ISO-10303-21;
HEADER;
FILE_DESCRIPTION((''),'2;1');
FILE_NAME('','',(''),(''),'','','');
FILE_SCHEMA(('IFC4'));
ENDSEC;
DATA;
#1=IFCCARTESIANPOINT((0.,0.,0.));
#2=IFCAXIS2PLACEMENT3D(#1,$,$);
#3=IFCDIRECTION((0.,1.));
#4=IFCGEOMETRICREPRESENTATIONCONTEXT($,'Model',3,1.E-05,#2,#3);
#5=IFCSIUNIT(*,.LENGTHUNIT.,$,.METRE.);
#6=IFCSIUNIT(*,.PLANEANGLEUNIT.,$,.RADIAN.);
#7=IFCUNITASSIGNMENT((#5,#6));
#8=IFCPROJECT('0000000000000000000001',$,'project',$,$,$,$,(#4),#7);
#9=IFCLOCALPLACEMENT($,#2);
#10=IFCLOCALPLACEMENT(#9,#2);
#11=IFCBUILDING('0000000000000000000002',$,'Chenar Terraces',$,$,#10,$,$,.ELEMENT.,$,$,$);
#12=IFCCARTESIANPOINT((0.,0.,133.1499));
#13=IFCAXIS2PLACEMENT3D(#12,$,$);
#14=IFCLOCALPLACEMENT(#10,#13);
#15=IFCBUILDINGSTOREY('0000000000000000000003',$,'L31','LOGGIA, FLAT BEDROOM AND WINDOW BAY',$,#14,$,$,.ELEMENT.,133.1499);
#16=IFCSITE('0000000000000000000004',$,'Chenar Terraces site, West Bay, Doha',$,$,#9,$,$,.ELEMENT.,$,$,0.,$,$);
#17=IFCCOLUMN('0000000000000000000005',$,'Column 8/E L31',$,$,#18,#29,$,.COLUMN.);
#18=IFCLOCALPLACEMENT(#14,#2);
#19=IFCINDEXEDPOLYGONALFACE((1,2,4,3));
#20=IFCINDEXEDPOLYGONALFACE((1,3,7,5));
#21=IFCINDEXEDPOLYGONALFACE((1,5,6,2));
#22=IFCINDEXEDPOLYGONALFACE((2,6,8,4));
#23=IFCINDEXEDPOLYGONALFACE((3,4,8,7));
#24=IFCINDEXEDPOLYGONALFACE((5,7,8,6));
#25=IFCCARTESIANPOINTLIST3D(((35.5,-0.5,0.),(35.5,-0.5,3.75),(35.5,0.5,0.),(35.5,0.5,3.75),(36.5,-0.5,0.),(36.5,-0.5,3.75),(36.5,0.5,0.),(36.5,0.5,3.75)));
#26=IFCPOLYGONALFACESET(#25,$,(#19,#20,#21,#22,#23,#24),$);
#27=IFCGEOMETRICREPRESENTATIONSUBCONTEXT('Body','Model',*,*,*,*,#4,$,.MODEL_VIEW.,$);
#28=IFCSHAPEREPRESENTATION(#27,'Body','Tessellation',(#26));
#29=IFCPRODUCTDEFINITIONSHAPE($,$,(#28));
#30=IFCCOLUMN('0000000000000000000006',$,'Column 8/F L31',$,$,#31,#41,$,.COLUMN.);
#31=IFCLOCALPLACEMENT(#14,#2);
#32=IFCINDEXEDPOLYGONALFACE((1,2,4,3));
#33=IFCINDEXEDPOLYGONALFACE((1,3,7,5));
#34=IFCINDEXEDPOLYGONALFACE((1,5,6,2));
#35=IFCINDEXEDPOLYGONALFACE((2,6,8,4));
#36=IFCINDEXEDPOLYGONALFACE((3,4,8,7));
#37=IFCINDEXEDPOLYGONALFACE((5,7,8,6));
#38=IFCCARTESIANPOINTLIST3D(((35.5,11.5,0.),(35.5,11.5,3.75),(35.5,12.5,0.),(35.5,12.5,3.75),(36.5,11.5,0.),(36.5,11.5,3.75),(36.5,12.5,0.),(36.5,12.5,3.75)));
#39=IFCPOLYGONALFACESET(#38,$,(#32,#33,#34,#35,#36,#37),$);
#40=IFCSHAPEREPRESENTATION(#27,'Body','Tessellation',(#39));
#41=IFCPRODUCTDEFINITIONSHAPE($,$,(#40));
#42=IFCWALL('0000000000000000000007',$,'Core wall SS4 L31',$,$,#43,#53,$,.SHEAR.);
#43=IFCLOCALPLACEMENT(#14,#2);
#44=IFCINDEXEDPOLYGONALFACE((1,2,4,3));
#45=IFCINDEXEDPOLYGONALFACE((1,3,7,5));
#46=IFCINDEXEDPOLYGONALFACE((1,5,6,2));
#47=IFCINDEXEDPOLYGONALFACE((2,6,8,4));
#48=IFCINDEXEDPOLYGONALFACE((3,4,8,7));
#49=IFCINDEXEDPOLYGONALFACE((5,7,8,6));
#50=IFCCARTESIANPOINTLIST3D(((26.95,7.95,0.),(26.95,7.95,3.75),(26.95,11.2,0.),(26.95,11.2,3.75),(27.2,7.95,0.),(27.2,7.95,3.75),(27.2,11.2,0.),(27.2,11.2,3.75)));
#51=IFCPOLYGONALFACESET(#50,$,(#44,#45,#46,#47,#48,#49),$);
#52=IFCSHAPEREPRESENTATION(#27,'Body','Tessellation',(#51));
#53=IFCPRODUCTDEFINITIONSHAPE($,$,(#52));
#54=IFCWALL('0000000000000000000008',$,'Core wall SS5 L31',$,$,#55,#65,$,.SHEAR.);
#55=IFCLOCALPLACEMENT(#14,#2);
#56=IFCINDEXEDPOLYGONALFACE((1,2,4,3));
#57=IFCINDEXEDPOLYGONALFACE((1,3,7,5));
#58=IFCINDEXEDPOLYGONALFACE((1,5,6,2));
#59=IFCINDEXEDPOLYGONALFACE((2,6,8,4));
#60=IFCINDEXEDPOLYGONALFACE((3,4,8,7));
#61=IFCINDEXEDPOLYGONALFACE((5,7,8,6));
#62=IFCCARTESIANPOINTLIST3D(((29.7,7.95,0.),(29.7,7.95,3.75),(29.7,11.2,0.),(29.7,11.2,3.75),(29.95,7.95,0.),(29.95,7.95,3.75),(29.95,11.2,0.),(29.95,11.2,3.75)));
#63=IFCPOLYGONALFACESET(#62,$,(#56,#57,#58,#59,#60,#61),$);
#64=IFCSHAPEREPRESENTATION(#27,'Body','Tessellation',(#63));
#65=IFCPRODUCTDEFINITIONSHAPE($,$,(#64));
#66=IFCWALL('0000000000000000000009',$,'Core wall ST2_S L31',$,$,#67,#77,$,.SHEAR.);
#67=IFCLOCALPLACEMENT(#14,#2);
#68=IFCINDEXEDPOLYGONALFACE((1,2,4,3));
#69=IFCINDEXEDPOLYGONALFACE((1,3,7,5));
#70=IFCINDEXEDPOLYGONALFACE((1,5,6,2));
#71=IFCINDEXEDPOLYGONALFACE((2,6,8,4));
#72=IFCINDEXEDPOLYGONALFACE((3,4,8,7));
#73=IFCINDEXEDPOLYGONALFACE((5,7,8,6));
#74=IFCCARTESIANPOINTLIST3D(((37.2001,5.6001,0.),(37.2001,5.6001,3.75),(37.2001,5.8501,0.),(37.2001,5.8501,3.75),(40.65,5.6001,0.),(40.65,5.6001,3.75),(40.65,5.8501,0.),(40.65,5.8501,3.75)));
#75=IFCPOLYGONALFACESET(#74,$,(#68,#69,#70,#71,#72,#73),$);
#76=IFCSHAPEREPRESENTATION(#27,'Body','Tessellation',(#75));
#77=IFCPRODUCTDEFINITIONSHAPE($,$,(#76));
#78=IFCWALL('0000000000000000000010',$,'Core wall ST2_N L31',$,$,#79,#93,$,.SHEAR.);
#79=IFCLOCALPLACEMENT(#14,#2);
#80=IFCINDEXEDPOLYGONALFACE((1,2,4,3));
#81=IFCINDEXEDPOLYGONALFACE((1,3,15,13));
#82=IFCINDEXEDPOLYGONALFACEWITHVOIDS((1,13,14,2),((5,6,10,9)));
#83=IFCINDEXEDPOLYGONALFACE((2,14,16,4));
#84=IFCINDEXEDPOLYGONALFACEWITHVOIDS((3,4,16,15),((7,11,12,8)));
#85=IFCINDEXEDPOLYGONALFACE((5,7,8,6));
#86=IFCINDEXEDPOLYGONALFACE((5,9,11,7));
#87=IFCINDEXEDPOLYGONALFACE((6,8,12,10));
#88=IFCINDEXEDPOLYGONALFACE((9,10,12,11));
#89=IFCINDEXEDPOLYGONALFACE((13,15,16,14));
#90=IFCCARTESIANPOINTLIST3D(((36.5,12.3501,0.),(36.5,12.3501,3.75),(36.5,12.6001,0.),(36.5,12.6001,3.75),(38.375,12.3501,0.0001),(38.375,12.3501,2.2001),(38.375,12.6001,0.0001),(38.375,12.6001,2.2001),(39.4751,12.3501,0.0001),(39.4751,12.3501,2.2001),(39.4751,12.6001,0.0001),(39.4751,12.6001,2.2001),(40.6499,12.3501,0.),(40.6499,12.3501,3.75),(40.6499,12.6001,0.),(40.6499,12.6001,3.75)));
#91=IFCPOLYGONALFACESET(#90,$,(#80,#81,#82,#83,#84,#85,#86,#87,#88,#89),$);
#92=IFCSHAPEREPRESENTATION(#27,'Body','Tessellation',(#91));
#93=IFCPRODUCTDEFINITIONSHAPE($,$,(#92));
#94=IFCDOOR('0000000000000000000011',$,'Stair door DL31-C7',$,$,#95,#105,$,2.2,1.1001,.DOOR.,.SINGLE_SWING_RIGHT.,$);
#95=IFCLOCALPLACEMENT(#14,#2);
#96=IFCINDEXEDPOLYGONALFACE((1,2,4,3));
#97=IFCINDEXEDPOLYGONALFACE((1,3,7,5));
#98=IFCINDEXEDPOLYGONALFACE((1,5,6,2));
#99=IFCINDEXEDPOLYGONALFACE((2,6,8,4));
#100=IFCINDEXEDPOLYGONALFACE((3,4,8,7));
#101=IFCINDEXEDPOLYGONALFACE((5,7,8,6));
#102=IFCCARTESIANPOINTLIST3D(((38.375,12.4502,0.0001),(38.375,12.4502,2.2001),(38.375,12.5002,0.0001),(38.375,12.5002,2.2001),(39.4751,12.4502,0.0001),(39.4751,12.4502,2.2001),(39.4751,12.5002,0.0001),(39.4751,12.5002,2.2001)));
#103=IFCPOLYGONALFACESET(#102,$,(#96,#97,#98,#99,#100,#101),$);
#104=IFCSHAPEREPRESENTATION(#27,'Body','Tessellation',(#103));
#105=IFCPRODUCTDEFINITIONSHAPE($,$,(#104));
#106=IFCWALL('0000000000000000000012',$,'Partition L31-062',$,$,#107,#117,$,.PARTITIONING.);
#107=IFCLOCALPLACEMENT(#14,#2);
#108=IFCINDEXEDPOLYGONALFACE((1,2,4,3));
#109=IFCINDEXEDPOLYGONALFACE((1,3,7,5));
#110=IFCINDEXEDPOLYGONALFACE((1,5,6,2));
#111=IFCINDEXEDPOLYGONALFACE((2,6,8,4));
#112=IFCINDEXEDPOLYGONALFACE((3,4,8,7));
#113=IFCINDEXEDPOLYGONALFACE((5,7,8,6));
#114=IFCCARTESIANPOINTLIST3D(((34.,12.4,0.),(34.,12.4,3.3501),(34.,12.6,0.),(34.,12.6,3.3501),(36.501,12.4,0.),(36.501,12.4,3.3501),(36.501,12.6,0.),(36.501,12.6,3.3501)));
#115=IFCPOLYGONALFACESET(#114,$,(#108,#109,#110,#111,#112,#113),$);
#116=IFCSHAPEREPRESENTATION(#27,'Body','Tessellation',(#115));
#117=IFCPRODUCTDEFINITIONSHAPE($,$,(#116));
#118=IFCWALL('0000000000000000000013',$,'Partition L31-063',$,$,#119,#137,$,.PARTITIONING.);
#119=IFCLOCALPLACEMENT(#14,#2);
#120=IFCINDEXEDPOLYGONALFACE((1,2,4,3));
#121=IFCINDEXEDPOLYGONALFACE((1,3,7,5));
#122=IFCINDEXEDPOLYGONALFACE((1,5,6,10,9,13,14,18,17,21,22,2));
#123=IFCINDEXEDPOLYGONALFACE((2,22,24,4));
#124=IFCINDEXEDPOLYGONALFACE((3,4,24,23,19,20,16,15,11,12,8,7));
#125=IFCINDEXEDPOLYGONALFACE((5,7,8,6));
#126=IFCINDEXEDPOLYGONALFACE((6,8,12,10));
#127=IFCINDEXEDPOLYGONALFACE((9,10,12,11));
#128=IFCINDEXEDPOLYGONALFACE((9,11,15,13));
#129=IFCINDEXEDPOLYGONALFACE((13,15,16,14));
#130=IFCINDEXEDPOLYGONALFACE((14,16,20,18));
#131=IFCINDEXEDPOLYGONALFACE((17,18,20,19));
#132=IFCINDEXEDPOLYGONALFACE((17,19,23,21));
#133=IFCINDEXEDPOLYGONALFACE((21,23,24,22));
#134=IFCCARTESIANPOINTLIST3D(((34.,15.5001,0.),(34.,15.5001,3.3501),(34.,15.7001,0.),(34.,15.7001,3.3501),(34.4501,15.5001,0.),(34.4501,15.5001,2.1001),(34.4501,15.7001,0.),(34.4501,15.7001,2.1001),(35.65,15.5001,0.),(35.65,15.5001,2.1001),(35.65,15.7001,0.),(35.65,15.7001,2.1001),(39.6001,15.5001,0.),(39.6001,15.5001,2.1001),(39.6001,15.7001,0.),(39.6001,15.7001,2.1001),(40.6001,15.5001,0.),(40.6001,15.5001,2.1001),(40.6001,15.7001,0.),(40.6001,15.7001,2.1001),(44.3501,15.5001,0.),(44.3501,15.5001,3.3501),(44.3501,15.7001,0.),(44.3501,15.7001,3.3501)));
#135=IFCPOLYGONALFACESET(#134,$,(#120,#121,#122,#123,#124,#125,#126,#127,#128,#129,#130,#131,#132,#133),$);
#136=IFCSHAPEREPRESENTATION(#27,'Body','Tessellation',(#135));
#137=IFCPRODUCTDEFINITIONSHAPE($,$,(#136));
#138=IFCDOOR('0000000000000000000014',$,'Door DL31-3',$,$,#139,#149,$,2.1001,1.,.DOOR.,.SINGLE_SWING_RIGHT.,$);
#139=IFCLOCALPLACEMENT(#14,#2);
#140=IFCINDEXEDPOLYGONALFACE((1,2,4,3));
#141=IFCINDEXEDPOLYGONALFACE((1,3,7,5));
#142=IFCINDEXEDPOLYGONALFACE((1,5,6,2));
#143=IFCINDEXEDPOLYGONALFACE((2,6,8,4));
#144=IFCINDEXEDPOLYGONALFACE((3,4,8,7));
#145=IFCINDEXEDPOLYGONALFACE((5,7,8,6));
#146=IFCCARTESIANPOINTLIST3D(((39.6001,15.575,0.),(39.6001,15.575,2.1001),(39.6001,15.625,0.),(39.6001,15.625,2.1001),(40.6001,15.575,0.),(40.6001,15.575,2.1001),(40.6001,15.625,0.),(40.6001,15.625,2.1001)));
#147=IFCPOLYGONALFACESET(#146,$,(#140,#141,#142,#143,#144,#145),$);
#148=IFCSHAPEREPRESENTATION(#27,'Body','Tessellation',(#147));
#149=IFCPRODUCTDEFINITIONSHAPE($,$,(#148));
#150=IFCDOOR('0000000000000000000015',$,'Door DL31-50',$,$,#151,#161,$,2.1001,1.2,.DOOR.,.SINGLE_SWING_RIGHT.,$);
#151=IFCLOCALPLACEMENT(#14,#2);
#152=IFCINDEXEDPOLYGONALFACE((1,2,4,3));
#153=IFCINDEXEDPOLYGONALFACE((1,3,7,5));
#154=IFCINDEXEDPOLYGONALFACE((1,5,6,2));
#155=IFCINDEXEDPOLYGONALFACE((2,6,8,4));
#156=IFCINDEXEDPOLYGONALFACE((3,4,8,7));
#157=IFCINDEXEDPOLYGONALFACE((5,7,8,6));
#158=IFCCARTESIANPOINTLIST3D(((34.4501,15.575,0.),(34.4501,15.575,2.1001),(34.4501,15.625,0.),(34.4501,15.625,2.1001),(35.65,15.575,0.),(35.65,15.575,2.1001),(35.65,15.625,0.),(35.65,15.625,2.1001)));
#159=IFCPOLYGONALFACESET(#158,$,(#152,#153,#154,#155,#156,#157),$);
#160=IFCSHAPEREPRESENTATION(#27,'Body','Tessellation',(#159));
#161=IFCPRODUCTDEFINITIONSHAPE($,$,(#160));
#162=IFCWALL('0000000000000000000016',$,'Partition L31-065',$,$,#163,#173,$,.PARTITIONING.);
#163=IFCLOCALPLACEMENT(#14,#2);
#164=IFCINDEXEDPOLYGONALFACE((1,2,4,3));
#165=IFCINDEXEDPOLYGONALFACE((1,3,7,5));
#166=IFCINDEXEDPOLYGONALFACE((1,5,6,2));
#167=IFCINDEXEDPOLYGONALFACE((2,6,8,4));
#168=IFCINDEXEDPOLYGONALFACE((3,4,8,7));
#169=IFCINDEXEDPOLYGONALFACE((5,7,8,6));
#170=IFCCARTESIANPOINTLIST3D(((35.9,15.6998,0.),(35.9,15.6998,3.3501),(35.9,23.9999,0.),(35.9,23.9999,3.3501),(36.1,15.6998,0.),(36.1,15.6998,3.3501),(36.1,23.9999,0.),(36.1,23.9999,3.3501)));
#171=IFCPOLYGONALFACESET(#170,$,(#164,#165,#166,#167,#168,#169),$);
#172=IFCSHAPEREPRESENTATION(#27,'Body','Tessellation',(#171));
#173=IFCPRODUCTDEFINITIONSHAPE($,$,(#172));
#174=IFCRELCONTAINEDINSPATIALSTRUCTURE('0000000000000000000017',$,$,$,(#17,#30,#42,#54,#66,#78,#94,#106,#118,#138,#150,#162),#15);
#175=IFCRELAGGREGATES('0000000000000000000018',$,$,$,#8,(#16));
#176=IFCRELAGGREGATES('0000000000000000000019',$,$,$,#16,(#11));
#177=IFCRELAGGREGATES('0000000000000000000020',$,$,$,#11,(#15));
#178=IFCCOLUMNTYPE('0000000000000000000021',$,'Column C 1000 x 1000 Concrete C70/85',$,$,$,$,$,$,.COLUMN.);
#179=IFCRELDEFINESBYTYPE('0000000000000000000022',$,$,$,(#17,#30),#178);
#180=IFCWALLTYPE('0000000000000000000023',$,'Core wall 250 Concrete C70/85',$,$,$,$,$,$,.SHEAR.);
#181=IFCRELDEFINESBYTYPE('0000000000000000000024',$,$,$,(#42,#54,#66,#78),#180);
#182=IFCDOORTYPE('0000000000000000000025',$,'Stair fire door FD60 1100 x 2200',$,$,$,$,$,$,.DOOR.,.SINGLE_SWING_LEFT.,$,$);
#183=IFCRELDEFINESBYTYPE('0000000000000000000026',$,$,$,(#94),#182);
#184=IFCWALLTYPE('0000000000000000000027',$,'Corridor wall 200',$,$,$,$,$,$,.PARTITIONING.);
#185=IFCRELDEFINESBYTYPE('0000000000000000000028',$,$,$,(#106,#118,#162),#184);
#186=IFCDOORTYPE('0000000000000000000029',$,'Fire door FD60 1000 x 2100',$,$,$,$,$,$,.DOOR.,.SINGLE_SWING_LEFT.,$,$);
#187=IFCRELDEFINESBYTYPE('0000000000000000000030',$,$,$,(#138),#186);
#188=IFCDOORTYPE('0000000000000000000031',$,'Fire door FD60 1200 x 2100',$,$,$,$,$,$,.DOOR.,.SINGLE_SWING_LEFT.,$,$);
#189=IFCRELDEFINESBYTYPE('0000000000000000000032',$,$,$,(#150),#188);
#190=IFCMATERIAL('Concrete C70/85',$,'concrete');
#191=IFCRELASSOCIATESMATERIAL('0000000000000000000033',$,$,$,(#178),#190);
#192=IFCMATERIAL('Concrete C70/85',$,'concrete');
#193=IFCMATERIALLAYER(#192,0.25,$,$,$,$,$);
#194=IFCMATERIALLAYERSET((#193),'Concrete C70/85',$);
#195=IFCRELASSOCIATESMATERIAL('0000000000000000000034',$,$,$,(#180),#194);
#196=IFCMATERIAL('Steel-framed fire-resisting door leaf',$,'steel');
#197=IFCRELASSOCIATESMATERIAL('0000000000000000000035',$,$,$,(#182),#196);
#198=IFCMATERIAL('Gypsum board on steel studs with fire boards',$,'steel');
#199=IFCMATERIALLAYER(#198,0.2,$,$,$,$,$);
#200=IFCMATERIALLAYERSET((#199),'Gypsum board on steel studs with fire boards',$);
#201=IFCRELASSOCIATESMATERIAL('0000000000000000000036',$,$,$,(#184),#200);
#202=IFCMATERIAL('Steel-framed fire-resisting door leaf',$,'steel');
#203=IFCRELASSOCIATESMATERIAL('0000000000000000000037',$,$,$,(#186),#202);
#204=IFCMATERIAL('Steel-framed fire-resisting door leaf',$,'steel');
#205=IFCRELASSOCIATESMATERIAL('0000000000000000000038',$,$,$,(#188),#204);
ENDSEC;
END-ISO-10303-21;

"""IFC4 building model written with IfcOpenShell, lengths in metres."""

from ifc_helpers import new_model, si_unit, direction, frame, frame_2d, origin, origin_2d, place, context, subcontext, project, spatial, rectangle, extrude, material, layer, layer_set, material_profile, profile_set, type_object, element, fill, save


model = new_model("IFC4")

# Units and contexts
model_context = context("Model", 3, precision=1e-05, world=origin(), true_north=direction((0.0, 1.0)))
body_context = subcontext(model_context, "Body", "Model", "MODEL_VIEW")
ifc_project = project(units=[si_unit("LENGTHUNIT", "METRE"), si_unit("PLANEANGLEUNIT", "RADIAN")], contexts=[model_context])

# Site, building, storey
site_placement = place(None, origin())
site = spatial("IfcSite", under=ifc_project, at=site_placement, Name="Chenar Terraces site, West Bay, Doha", CompositionType="ELEMENT", RefElevation=0.0)
building_placement = place(site_placement, origin())
building = spatial("IfcBuilding", under=site, at=building_placement, Name="Chenar Terraces", CompositionType="ELEMENT")
storey_placement = place(building_placement, frame((0.0, 0.0, 133.1499)))
storey = spatial("IfcBuildingStorey", under=building, at=storey_placement, Name="L31", Description="LOGGIA, FLAT BEDROOM AND WINDOW BAY", CompositionType="ELEMENT", Elevation=133.1499)

# Columns
ifc_material_1 = material(Name="Concrete C70/85", Category="concrete")
ifc_material_profile = material_profile(ifc_material_1, rectangle(XDim=1.0, YDim=1.0, at=origin_2d()), Name="C 1000 x 1000")
ifc_profile_set = profile_set([ifc_material_profile], Name="Concrete C70/85")
column_type = type_object("IfcColumnType", Name="Column C 1000 x 1000 Concrete C70/85", PredefinedType="COLUMN", material=ifc_profile_set)
for number, where, z_axis, x_axis, name in (
    (1, (36.0, 0.0, 0.0), (0.0, 0.0, 1.0), (1.0, 0.0, 0.0), "Column 8/E L31"),
    (2, (36.0, 12.0, 0.0), (0.0, 0.0, 1.0), (1.0, 0.0, 0.0), "Column 8/F L31"),
):
    element("IfcColumn", number, at=place(storey_placement, frame(where, z_axis=z_axis, x_axis=x_axis)), inside=storey, type_object=column_type, Name=name, PredefinedType="COLUMN", context=body_context, shape_type="SweptSolid", body=[
        extrude(rectangle(XDim=1.0, YDim=1.0, at=origin_2d()), origin(), (0.0, 0.0, 1.0), 3.75),
    ])

# Walls
ifc_material_2 = material(Name="Concrete C70/85", Category="concrete")
ifc_layer_1 = layer(ifc_material_2, 0.25)
ifc_layer_set_1 = layer_set([ifc_layer_1], Name="Concrete C70/85")
wall_type_1 = type_object("IfcWallType", Name="Core wall 250 Concrete C70/85", PredefinedType="SHEAR", material=ifc_layer_set_1)
for number, where, z_axis, x_axis, name in (
    (3, (27.075, 7.95, 0.0), (0.0, 0.0, 1.0), (0.0, 1.0, 0.0), "Core wall SS4 L31"),
    (4, (29.825, 7.95, 0.0), (0.0, 0.0, 1.0), (0.0, 1.0, 0.0), "Core wall SS5 L31"),
):
    element("IfcWall", number, at=place(storey_placement, frame(where, z_axis=z_axis, x_axis=x_axis)), inside=storey, type_object=wall_type_1, Name=name, PredefinedType="SHEAR", context=body_context, shape_type="SweptSolid", body=[
        extrude(rectangle(XDim=3.25, YDim=0.25, at=frame_2d((1.625, 0.0))), origin(), (0.0, 0.0, 1.0), 3.75),
    ])
wall_1_placement = place(storey_placement, frame((37.2, 5.7251, 0.0), z_axis=(0.0, 0.0, 1.0), x_axis=(1.0, 0.0, 0.0)))
element("IfcWall", 5, at=wall_1_placement, inside=storey, type_object=wall_type_1, Name="Core wall ST2_S L31", PredefinedType="SHEAR", context=body_context, shape_type="SweptSolid", body=[
    extrude(rectangle(XDim=3.45, YDim=0.25, at=frame_2d((1.7251, 0.0))), origin(), (0.0, 0.0, 1.0), 3.75),
])

# Wall, opening, door
wall_2_placement = place(storey_placement, frame((36.5, 12.4751, 0.0), z_axis=(0.0, 0.0, 1.0), x_axis=(1.0, 0.0, 0.0)))
wall_2 = element("IfcWall", 6, at=wall_2_placement, inside=storey, type_object=wall_type_1, Name="Core wall ST2_N L31", PredefinedType="SHEAR", context=body_context, shape_type="SweptSolid", body=[
    extrude(rectangle(XDim=4.1499, YDim=0.25, at=frame_2d((2.075, 0.0))), origin(), (0.0, 0.0, 1.0), 3.75),
])
opening_1_placement = place(wall_2_placement, frame((1.875, 0.0, 0.0)))
opening_1 = element("IfcOpeningElement", 7, at=opening_1_placement, cuts=wall_2, PredefinedType="OPENING", context=body_context, shape_type="SweptSolid", body=[
    extrude(rectangle(XDim=1.1001, YDim=2.2, at=frame_2d((0.55, 1.1001))), frame((0.0, 0.135, 0.0), z_axis=(0.0, -1.0, 0.0), x_axis=(1.0, 0.0, 0.0)), (0.0, 0.0, 1.0), 0.27),
])
ifc_material_3 = material(Name="Steel-framed fire-resisting door leaf", Category="steel")
door_type_1 = type_object("IfcDoorType", Name="Stair fire door FD60 1100 x 2200", OperationType="SINGLE_SWING_LEFT", PredefinedType="DOOR", material=ifc_material_3)
door_1_placement = place(opening_1_placement, frame((1.1001, 0.0, 0.0), z_axis=(0.0, 0.0, 1.0), x_axis=(-1.0, 0.0, 0.0)))
door_1 = element("IfcDoor", 8, at=door_1_placement, inside=storey, type_object=door_type_1, Name="Stair door DL31-C7", OperationType="SINGLE_SWING_RIGHT", OverallHeight=2.2, OverallWidth=1.1001, PredefinedType="DOOR", context=body_context, shape_type="SweptSolid", body=[
    extrude(rectangle(XDim=1.1001, YDim=2.2, at=frame_2d((0.55, 1.1001))), frame((0.0, 0.0249, 0.0), z_axis=(0.0, -1.0, 0.0), x_axis=(1.0, 0.0, 0.0)), (0.0, 0.0, 1.0), 0.05),
])
fill(opening_1, door_1)

# Wall
ifc_material_4 = material(Name="Gypsum board on steel studs with fire boards", Category="steel")
ifc_layer_2 = layer(ifc_material_4, 0.2)
ifc_layer_set_2 = layer_set([ifc_layer_2], Name="Gypsum board on steel studs with fire boards")
wall_type_2 = type_object("IfcWallType", Name="Corridor wall 200", PredefinedType="PARTITIONING", material=ifc_layer_set_2)
wall_3_placement = place(storey_placement, frame((34.0, 12.5, 0.0), z_axis=(0.0, 0.0, 1.0), x_axis=(1.0, 0.0, 0.0)))
element("IfcWall", 9, at=wall_3_placement, inside=storey, type_object=wall_type_2, Name="Partition L31-062", PredefinedType="PARTITIONING", context=body_context, shape_type="SweptSolid", body=[
    extrude(rectangle(XDim=2.501, YDim=0.2, at=frame_2d((1.2505, 0.0))), origin(), (0.0, 0.0, 1.0), 3.3501),
])

# Wall, openings, doors
wall_4_placement = place(storey_placement, frame((34.0, 15.6001, 0.0), z_axis=(0.0, 0.0, 1.0), x_axis=(1.0, 0.0, 0.0)))
wall_4 = element("IfcWall", 10, at=wall_4_placement, inside=storey, type_object=wall_type_2, Name="Partition L31-063", PredefinedType="PARTITIONING", context=body_context, shape_type="SweptSolid", body=[
    extrude(rectangle(XDim=10.3501, YDim=0.2, at=frame_2d((5.175, 0.0))), origin(), (0.0, 0.0, 1.0), 3.3501),
])
opening_2_placement = place(wall_4_placement, frame((5.6001, 0.0, 0.0)))
opening_2 = element("IfcOpeningElement", 11, at=opening_2_placement, cuts=wall_4, PredefinedType="OPENING", context=body_context, shape_type="SweptSolid", body=[
    extrude(rectangle(XDim=1.0, YDim=2.1001, at=frame_2d((0.5, 1.05))), frame((0.0, 0.1099, 0.0), z_axis=(0.0, -1.0, 0.0), x_axis=(1.0, 0.0, 0.0)), (0.0, 0.0, 1.0), 0.22),
])
opening_3_placement = place(wall_4_placement, frame((0.45, 0.0, 0.0)))
opening_3 = element("IfcOpeningElement", 12, at=opening_3_placement, cuts=wall_4, PredefinedType="OPENING", context=body_context, shape_type="SweptSolid", body=[
    extrude(rectangle(XDim=1.2, YDim=2.1001, at=frame_2d((0.6001, 1.05))), frame((0.0, 0.1099, 0.0), z_axis=(0.0, -1.0, 0.0), x_axis=(1.0, 0.0, 0.0)), (0.0, 0.0, 1.0), 0.22),
])
ifc_material_5 = material(Name="Steel-framed fire-resisting door leaf", Category="steel")
door_type_2 = type_object("IfcDoorType", Name="Fire door FD60 1000 x 2100", OperationType="SINGLE_SWING_LEFT", PredefinedType="DOOR", material=ifc_material_5)
door_2_placement = place(opening_2_placement, origin())
door_2 = element("IfcDoor", 13, at=door_2_placement, inside=storey, type_object=door_type_2, Name="Door DL31-3", OperationType="SINGLE_SWING_RIGHT", OverallHeight=2.1001, OverallWidth=1.0, PredefinedType="DOOR", context=body_context, shape_type="SweptSolid", body=[
    extrude(rectangle(XDim=1.0, YDim=2.1001, at=frame_2d((0.5, 1.05))), frame((0.0, 0.0249, 0.0), z_axis=(0.0, -1.0, 0.0), x_axis=(1.0, 0.0, 0.0)), (0.0, 0.0, 1.0), 0.05),
])
fill(opening_2, door_2)
ifc_material_6 = material(Name="Steel-framed fire-resisting door leaf", Category="steel")
door_type_3 = type_object("IfcDoorType", Name="Fire door FD60 1200 x 2100", OperationType="SINGLE_SWING_LEFT", PredefinedType="DOOR", material=ifc_material_6)
door_3_placement = place(opening_3_placement, origin())
door_3 = element("IfcDoor", 14, at=door_3_placement, inside=storey, type_object=door_type_3, Name="Door DL31-50", OperationType="SINGLE_SWING_RIGHT", OverallHeight=2.1001, OverallWidth=1.2, PredefinedType="DOOR", context=body_context, shape_type="SweptSolid", body=[
    extrude(rectangle(XDim=1.2, YDim=2.1001, at=frame_2d((0.6001, 1.05))), frame((0.0, 0.0249, 0.0), z_axis=(0.0, -1.0, 0.0), x_axis=(1.0, 0.0, 0.0)), (0.0, 0.0, 1.0), 0.05),
])
fill(opening_3, door_3)

# Wall
wall_5_placement = place(storey_placement, frame((36.0, 15.7, 0.0), z_axis=(0.0, 0.0, 1.0), x_axis=(0.0, 1.0, 0.0)))
element("IfcWall", 15, at=wall_5_placement, inside=storey, type_object=wall_type_2, Name="Partition L31-065", PredefinedType="PARTITIONING", context=body_context, shape_type="SweptSolid", body=[
    extrude(rectangle(XDim=8.3, YDim=0.2, at=frame_2d((4.1499, 0.0))), origin(), (0.0, 0.0, 1.0), 3.3501),
])

save(model, "model.ifc")
